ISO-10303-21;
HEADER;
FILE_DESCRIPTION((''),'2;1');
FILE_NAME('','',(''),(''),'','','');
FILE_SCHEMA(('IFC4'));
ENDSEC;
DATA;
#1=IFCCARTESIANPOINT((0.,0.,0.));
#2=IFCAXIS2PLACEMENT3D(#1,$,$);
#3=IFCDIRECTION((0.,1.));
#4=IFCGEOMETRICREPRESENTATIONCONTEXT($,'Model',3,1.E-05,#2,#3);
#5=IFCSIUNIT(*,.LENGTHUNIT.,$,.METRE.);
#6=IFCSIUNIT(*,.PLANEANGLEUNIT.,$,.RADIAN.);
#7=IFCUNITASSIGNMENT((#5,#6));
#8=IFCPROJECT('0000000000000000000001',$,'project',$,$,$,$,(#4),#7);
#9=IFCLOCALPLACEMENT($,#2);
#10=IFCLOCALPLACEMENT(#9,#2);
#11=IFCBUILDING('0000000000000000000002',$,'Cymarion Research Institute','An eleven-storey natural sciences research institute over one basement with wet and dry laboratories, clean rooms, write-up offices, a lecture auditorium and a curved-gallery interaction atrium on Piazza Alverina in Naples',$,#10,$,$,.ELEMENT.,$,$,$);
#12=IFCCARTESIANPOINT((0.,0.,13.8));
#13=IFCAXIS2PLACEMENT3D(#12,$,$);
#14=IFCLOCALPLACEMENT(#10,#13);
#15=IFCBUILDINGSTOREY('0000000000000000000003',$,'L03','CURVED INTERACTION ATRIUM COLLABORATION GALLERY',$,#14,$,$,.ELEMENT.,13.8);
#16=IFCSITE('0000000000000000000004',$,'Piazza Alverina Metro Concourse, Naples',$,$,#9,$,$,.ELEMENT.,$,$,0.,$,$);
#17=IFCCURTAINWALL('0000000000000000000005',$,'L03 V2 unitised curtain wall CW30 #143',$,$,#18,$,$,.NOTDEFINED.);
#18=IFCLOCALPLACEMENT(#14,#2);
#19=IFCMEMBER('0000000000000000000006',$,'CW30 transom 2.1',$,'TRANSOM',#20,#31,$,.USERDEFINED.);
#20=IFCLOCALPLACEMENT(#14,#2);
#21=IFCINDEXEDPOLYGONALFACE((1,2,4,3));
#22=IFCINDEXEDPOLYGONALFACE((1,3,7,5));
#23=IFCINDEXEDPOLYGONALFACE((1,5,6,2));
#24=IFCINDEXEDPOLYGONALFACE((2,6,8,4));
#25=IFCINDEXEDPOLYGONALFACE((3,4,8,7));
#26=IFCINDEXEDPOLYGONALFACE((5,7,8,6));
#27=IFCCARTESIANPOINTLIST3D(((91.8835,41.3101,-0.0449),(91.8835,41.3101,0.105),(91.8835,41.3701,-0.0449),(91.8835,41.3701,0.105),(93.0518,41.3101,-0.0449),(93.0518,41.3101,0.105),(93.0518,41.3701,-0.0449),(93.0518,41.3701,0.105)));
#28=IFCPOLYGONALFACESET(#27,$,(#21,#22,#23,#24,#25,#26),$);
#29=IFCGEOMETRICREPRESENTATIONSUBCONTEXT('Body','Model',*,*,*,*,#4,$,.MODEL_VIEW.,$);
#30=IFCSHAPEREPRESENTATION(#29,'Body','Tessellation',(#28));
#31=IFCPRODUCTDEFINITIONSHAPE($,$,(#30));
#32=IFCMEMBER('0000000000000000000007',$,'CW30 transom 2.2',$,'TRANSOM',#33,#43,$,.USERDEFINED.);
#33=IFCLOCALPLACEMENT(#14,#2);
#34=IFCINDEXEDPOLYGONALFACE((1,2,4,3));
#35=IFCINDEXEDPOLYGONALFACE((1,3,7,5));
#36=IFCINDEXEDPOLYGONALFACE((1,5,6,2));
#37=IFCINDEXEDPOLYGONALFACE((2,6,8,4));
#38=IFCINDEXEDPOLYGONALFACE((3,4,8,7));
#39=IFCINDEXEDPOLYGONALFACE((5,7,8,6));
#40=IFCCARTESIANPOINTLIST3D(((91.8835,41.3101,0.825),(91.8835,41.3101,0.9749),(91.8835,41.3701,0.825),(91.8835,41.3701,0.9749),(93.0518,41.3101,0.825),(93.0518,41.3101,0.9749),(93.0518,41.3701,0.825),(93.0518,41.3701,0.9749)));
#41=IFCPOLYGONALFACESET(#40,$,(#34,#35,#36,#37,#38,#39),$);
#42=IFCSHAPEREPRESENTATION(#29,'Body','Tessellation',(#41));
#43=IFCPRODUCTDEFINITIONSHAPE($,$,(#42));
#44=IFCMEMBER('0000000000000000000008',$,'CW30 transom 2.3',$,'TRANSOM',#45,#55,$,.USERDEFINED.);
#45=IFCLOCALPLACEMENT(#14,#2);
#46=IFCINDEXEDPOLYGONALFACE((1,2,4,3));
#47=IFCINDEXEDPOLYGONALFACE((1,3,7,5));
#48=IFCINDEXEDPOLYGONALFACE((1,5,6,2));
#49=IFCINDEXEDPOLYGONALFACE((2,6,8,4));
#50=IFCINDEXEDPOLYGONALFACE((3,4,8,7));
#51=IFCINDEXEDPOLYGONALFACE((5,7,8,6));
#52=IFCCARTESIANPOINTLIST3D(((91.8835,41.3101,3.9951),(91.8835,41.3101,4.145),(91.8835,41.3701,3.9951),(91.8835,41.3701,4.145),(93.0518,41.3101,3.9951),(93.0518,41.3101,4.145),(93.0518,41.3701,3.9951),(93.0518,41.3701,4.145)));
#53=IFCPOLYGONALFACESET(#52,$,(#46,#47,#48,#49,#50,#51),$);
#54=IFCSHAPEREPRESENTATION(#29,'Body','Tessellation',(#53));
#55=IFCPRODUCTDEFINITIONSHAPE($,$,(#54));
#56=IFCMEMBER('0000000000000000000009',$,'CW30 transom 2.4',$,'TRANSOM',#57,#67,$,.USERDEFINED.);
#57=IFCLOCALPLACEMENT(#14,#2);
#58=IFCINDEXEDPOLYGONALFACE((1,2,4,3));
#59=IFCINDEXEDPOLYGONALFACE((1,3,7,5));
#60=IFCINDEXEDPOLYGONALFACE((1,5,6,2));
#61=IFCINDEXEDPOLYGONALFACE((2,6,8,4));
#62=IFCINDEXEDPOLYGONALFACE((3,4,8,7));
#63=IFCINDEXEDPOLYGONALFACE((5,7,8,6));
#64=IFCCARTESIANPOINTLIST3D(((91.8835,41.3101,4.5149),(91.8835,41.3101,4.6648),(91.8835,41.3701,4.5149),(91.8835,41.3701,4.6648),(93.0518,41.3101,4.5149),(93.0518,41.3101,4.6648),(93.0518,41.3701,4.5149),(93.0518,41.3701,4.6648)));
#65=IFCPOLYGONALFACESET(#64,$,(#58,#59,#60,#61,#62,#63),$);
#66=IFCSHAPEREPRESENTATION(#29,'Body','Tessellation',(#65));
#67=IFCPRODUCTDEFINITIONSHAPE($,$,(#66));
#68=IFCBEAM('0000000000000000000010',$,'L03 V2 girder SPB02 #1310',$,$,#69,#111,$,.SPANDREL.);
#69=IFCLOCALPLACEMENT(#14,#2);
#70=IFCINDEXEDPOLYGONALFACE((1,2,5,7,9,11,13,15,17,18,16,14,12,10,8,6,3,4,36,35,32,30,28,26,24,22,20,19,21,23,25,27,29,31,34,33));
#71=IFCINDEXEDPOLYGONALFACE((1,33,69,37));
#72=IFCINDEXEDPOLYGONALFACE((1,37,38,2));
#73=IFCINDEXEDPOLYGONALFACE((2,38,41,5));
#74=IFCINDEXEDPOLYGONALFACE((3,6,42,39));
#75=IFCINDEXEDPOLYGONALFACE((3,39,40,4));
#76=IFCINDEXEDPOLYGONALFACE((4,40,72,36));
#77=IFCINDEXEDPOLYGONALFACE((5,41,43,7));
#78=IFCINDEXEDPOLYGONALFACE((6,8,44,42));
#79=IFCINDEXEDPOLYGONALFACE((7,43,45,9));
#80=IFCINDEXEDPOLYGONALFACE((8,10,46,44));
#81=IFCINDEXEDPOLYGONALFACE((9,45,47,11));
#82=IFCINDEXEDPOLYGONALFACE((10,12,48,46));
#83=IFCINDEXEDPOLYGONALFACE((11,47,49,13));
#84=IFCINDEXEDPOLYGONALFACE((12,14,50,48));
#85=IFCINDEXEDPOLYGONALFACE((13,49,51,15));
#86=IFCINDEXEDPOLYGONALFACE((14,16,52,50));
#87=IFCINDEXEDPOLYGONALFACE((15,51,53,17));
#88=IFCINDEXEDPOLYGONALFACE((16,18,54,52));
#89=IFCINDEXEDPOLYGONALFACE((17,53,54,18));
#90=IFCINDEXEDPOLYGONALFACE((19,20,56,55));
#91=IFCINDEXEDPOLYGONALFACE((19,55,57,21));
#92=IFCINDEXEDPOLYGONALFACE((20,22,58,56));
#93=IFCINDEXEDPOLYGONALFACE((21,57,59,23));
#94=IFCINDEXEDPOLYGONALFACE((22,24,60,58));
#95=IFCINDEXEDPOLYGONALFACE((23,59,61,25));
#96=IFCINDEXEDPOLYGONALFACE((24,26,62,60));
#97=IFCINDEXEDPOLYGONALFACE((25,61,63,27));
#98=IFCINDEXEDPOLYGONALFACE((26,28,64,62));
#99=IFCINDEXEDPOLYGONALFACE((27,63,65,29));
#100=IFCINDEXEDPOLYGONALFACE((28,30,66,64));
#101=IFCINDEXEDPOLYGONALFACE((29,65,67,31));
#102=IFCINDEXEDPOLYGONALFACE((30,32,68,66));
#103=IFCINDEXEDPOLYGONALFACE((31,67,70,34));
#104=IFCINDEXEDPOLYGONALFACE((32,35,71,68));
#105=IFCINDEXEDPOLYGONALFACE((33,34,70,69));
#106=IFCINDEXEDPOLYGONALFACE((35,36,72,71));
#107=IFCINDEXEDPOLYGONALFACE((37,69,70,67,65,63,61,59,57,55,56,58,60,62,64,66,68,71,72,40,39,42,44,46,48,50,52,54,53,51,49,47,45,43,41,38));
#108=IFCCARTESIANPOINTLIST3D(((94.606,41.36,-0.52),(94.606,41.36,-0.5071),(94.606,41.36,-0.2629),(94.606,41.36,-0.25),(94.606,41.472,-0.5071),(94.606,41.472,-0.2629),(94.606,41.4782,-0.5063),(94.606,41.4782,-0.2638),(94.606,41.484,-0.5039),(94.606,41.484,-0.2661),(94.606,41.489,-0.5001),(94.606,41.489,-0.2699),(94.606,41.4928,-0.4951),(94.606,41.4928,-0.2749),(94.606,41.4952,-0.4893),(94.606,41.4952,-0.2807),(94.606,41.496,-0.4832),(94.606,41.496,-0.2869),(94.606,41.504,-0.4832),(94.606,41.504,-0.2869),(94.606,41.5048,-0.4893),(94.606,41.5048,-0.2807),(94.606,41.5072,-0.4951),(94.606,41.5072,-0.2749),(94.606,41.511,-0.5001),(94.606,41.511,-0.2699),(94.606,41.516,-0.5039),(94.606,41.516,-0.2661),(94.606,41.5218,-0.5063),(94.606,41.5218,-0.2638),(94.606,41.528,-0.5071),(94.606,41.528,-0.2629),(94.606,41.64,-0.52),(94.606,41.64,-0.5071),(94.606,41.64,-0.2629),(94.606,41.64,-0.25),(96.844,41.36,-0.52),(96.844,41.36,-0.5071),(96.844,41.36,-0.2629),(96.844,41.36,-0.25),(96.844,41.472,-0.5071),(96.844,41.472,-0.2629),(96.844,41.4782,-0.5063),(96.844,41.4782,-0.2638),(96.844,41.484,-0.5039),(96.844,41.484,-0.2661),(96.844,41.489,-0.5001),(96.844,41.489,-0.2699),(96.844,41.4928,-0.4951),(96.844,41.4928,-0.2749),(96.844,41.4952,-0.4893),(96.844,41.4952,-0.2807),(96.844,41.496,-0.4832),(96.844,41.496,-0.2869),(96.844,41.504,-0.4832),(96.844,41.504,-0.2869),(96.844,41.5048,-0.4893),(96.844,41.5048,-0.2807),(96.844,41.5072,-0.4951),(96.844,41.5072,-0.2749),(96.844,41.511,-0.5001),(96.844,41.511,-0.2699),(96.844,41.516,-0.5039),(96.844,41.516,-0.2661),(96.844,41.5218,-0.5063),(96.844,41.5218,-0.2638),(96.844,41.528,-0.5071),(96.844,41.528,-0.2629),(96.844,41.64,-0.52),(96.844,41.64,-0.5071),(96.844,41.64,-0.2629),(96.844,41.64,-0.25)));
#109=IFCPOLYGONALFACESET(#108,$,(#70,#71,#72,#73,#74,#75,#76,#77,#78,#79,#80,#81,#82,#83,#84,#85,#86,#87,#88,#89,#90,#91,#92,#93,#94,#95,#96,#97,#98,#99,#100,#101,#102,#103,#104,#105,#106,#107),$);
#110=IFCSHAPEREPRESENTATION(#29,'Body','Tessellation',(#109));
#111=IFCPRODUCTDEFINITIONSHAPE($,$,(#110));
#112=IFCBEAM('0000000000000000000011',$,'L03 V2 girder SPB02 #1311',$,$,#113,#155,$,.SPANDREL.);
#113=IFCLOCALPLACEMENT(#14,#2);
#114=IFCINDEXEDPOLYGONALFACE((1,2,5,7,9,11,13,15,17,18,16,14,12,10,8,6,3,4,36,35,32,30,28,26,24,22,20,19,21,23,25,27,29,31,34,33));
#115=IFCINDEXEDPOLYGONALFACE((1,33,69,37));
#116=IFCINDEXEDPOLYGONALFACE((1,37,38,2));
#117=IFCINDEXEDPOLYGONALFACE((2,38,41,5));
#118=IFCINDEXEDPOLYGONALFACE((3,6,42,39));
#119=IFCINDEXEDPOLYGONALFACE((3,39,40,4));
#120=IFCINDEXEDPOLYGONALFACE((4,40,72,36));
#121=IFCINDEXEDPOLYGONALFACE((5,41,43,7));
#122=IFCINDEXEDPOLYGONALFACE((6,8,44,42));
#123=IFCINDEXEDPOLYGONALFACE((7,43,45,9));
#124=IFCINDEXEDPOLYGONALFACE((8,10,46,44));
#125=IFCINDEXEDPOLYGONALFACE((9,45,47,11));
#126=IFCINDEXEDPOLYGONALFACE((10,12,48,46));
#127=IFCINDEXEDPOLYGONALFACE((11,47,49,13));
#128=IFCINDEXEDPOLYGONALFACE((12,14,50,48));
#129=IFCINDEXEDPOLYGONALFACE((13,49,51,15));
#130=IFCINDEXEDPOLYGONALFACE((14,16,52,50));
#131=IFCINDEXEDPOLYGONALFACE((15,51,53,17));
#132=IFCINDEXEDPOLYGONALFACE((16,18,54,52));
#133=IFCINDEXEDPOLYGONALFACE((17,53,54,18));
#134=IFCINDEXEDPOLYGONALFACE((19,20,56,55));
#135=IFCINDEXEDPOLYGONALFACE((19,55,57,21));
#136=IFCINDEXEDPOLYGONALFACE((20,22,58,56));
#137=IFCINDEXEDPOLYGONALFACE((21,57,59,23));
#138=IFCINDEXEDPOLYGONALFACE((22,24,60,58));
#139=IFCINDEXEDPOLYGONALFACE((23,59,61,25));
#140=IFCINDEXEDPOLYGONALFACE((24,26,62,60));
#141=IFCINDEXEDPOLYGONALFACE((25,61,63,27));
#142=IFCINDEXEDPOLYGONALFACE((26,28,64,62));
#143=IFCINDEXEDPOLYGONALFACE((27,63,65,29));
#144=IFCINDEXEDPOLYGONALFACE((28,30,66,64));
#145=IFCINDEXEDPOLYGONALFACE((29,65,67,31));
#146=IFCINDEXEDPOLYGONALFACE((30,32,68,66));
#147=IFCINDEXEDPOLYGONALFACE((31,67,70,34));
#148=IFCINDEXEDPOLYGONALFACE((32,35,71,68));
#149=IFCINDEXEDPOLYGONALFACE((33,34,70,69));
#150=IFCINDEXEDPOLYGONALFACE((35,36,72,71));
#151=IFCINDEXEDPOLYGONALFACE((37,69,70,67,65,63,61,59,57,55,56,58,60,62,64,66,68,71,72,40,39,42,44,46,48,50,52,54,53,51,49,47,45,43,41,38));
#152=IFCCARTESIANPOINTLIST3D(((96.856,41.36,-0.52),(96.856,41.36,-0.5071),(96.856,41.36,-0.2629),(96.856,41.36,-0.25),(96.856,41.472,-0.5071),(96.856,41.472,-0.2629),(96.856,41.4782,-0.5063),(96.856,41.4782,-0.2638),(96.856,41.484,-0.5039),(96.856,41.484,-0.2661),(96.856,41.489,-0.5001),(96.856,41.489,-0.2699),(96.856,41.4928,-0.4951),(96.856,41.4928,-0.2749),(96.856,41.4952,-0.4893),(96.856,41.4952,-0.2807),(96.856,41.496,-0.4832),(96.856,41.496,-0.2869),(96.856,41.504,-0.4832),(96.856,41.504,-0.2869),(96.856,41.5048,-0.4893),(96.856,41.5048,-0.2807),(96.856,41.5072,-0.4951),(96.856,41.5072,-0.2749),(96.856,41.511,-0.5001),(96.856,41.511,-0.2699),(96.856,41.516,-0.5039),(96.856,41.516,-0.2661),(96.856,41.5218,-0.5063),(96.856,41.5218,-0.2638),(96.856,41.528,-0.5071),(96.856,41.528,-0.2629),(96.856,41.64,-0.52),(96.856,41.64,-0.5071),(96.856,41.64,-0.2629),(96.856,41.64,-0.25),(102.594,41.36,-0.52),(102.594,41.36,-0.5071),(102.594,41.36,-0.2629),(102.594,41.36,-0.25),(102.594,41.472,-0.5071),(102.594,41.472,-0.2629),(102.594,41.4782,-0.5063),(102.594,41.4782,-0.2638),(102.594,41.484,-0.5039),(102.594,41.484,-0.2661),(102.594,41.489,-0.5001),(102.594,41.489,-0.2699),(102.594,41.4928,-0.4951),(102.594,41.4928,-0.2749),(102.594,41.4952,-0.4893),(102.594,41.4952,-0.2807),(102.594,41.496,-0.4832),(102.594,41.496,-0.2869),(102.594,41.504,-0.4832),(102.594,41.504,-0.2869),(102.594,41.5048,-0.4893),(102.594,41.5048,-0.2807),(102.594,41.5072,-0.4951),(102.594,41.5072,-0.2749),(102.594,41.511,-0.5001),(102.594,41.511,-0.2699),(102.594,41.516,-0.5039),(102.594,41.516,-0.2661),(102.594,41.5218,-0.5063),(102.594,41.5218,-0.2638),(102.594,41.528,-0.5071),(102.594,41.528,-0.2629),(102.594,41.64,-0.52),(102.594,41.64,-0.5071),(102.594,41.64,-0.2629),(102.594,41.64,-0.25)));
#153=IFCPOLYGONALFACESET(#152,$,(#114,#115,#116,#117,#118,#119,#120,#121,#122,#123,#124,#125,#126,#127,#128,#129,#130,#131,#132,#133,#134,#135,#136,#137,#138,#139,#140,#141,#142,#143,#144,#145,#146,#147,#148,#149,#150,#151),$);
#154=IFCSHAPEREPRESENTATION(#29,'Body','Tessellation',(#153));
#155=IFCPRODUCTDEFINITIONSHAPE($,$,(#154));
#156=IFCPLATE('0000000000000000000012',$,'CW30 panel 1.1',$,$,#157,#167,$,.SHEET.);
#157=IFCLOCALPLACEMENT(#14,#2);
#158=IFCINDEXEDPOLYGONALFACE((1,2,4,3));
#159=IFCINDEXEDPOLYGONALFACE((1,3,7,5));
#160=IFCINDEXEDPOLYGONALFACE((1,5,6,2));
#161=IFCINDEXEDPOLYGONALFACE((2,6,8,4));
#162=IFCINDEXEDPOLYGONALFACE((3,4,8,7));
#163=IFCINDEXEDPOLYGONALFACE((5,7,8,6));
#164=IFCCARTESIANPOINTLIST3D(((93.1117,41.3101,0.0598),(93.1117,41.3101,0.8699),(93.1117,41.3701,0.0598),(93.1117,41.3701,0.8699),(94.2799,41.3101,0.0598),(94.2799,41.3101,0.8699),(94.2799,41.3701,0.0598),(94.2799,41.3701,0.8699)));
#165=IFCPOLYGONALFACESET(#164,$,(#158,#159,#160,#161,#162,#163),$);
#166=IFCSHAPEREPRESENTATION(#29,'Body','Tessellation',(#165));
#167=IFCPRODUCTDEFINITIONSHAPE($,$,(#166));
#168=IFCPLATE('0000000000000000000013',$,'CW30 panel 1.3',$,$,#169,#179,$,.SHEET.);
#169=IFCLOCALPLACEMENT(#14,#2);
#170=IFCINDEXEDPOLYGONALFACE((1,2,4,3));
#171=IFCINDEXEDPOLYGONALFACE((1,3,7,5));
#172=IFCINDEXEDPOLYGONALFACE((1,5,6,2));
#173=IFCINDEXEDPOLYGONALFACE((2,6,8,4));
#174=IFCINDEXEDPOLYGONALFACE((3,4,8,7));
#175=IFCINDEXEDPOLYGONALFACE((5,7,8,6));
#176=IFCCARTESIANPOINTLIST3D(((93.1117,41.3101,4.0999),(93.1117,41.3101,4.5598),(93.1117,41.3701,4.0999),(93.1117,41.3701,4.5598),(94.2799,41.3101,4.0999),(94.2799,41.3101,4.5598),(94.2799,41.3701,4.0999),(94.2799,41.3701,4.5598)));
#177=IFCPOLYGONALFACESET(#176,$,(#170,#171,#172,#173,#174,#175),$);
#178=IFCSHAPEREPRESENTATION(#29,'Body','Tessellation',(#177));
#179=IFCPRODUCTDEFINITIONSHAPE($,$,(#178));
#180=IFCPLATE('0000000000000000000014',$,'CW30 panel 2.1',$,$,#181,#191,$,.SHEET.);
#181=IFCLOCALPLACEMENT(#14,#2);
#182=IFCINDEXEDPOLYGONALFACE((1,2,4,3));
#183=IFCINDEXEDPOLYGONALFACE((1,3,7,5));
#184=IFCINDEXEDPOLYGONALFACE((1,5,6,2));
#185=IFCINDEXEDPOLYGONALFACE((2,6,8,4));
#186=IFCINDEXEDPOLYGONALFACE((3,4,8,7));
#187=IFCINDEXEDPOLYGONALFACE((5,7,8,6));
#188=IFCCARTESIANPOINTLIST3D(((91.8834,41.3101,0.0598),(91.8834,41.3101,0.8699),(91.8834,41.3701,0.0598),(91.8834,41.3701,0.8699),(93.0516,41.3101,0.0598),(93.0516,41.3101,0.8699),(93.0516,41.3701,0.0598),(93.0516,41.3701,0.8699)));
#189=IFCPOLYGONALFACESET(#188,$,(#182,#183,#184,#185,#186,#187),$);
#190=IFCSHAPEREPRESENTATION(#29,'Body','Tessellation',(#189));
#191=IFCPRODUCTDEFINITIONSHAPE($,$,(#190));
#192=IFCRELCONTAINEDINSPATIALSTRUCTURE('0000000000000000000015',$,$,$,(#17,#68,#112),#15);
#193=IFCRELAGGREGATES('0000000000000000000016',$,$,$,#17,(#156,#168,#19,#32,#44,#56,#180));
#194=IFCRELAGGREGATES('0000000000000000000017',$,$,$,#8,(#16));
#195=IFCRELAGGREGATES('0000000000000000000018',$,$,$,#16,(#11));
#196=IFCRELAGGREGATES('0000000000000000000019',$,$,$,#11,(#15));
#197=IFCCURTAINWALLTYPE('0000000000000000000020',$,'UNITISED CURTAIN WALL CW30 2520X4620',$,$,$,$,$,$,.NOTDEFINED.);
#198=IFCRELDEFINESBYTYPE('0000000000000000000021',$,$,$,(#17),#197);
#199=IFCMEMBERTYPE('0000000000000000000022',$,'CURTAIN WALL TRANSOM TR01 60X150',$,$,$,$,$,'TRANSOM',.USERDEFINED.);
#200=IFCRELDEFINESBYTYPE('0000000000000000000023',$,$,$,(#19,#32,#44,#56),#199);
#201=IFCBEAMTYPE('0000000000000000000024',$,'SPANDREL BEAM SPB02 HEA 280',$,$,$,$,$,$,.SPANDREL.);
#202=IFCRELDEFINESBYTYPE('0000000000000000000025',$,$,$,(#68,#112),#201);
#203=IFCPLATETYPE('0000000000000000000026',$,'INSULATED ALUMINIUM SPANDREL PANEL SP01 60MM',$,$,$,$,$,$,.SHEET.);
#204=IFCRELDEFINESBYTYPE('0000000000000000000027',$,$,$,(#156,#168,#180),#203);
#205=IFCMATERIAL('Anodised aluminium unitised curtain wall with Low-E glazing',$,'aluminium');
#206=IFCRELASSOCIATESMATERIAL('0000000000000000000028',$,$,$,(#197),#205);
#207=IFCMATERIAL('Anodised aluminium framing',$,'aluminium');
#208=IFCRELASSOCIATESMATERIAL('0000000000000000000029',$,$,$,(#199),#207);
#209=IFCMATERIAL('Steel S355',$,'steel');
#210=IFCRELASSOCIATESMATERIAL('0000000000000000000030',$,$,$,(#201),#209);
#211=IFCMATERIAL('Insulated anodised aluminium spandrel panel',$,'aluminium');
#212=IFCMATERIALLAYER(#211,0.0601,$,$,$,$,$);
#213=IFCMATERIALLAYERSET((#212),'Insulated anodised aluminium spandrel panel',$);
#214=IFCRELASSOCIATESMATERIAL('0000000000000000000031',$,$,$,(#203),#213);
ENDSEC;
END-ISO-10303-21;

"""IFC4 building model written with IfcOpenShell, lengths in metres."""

from ifc_helpers import new_model, si_unit, direction, frame, origin, origin_2d, place, context, subcontext, project, spatial, rectangle, i_section, extrude, material, layer, layer_set, material_profile, profile_set, type_object, element, aggregate, save


model = new_model("IFC4")

# Units and contexts
model_context = context("Model", 3, precision=1e-05, world=origin(), true_north=direction((0.0, 1.0)))
body_context = subcontext(model_context, "Body", "Model", "MODEL_VIEW")
ifc_project = project(units=[si_unit("LENGTHUNIT", "METRE"), si_unit("PLANEANGLEUNIT", "RADIAN")], contexts=[model_context])

# Site, building, storey
site_placement = place(None, origin())
site = spatial("IfcSite", under=ifc_project, at=site_placement, Name="Piazza Alverina Metro Concourse, Naples", CompositionType="ELEMENT", RefElevation=0.0)
building_placement = place(site_placement, origin())
building = spatial("IfcBuilding", under=site, at=building_placement, Name="Cymarion Research Institute", Description="An eleven-storey natural sciences research institute over one basement with wet and dry laboratories, clean rooms, write-up offices, a lecture auditorium and a curved-gallery interaction atrium on Piazza Alverina in Naples", CompositionType="ELEMENT")
storey_placement = place(building_placement, frame((0.0, 0.0, 13.8)))
storey = spatial("IfcBuildingStorey", under=building, at=storey_placement, Name="L03", Description="CURVED INTERACTION ATRIUM COLLABORATION GALLERY", CompositionType="ELEMENT", Elevation=13.8)

# Shared definitions
ifc_material_1 = material(Name="Steel S355", Category="steel")

# Curtain wall, members
ifc_material_2 = material(Name="Anodised aluminium unitised curtain wall with Low-E glazing", Category="aluminium")
curtain_wall_type = type_object("IfcCurtainWallType", Name="UNITISED CURTAIN WALL CW30 2520X4620", PredefinedType="NOTDEFINED", material=ifc_material_2)
curtain_wall_placement = place(storey_placement, origin())
curtain_wall = element("IfcCurtainWall", 1, at=curtain_wall_placement, inside=storey, type_object=curtain_wall_type, Name="L03 V2 unitised curtain wall CW30 #143", PredefinedType="NOTDEFINED")
ifc_material_3 = material(Name="Anodised aluminium framing", Category="aluminium")
ifc_material_profile_1 = material_profile(ifc_material_3, rectangle(XDim=0.0601, YDim=0.1499, at=origin_2d()), Name="ALU TRANSOM 60x150")
ifc_profile_set_1 = profile_set([ifc_material_profile_1], Name="Anodised aluminium framing")
member_type_1 = type_object("IfcMemberType", Name="CURTAIN WALL TRANSOM TR01 60X150", ElementType="TRANSOM", PredefinedType="USERDEFINED", material=ifc_profile_set_1)
member_1_placement = place(storey_placement, frame((93.0518, 41.3401, 0.03), z_axis=(-1.0, 0.0, 0.0), x_axis=(0.0, -1.0, 0.0)))
member_1 = element("IfcMember", 2, at=member_1_placement, type_object=member_type_1, Name="CW30 transom 2.1", ObjectType="TRANSOM", PredefinedType="USERDEFINED", context=body_context, shape_type="SweptSolid", body=[
    extrude(rectangle(XDim=0.0601, YDim=0.1499, at=origin_2d()), origin(), (0.0, 0.0, 1.0), 1.1682),
])
member_2_placement = place(storey_placement, frame((93.0518, 41.3401, 0.8999), z_axis=(-1.0, 0.0, 0.0), x_axis=(0.0, -1.0, 0.0)))
member_2 = element("IfcMember", 3, at=member_2_placement, type_object=member_type_1, Name="CW30 transom 2.2", ObjectType="TRANSOM", PredefinedType="USERDEFINED", context=body_context, shape_type="SweptSolid", body=[
    extrude(rectangle(XDim=0.0601, YDim=0.1499, at=origin_2d()), origin(), (0.0, 0.0, 1.0), 1.1682),
])
member_3_placement = place(storey_placement, frame((93.0518, 41.3401, 4.0701), z_axis=(-1.0, 0.0, 0.0), x_axis=(0.0, -1.0, 0.0)))
member_3 = element("IfcMember", 4, at=member_3_placement, type_object=member_type_1, Name="CW30 transom 2.3", ObjectType="TRANSOM", PredefinedType="USERDEFINED", context=body_context, shape_type="SweptSolid", body=[
    extrude(rectangle(XDim=0.0601, YDim=0.1499, at=origin_2d()), origin(), (0.0, 0.0, 1.0), 1.1682),
])
member_4_placement = place(storey_placement, frame((93.0518, 41.3401, 4.5898), z_axis=(-1.0, 0.0, 0.0), x_axis=(0.0, -1.0, 0.0)))
member_4 = element("IfcMember", 5, at=member_4_placement, type_object=member_type_1, Name="CW30 transom 2.4", ObjectType="TRANSOM", PredefinedType="USERDEFINED", context=body_context, shape_type="SweptSolid", body=[
    extrude(rectangle(XDim=0.0601, YDim=0.1499, at=origin_2d()), origin(), (0.0, 0.0, 1.0), 1.1682),
])

# Beams
ifc_material_profile_2 = material_profile(ifc_material_1, i_section(OverallWidth=0.28, OverallDepth=0.27, WebThickness=0.0081, FlangeThickness=0.0129, FilletRadius=0.0239, at=origin_2d()), Name="HEA 280")
ifc_profile_set_2 = profile_set([ifc_material_profile_2], Name="Steel S355")
beam_type = type_object("IfcBeamType", Name="SPANDREL BEAM SPB02 HEA 280", PredefinedType="SPANDREL", material=ifc_profile_set_2)
beam_1_placement = place(storey_placement, frame((94.606, 41.5, -0.385), z_axis=(1.0, 0.0, 0.0), x_axis=(0.0, 1.0, 0.0)))
element("IfcBeam", 6, at=beam_1_placement, inside=storey, type_object=beam_type, Name="L03 V2 girder SPB02 #1310", PredefinedType="SPANDREL", context=body_context, shape_type="SweptSolid", body=[
    extrude(i_section(OverallWidth=0.28, OverallDepth=0.27, WebThickness=0.0081, FlangeThickness=0.0129, FilletRadius=0.0239, at=origin_2d()), origin(), (0.0, 0.0, 1.0), 2.238),
])
beam_2_placement = place(storey_placement, frame((96.856, 41.5, -0.385), z_axis=(1.0, 0.0, 0.0), x_axis=(0.0, 1.0, 0.0)))
element("IfcBeam", 7, at=beam_2_placement, inside=storey, type_object=beam_type, Name="L03 V2 girder SPB02 #1311", PredefinedType="SPANDREL", context=body_context, shape_type="SweptSolid", body=[
    extrude(i_section(OverallWidth=0.28, OverallDepth=0.27, WebThickness=0.0081, FlangeThickness=0.0129, FilletRadius=0.0239, at=origin_2d()), origin(), (0.0, 0.0, 1.0), 5.738),
])

# Plates
ifc_material_4 = material(Name="Insulated anodised aluminium spandrel panel", Category="aluminium")
ifc_layer_1 = layer(ifc_material_4, 0.0601)
ifc_layer_set_1 = layer_set([ifc_layer_1], Name="Insulated anodised aluminium spandrel panel")
plate_type_1 = type_object("IfcPlateType", Name="INSULATED ALUMINIUM SPANDREL PANEL SP01 60MM", PredefinedType="SHEET", material=ifc_layer_set_1)
plate_1_placement = place(storey_placement, frame((93.6958, 41.3401, 0.0598), z_axis=(0.0, 0.0, 1.0), x_axis=(-1.0, 0.0, 0.0)))
plate_1 = element("IfcPlate", 8, at=plate_1_placement, type_object=plate_type_1, Name="CW30 panel 1.1", PredefinedType="SHEET", context=body_context, shape_type="SweptSolid", body=[
    extrude(rectangle(XDim=1.1682, YDim=0.0601, at=origin_2d()), origin(), (0.0, 0.0, 1.0), 0.8101),
])
plate_2_placement = place(storey_placement, frame((93.6958, 41.3401, 4.0999), z_axis=(0.0, 0.0, 1.0), x_axis=(-1.0, 0.0, 0.0)))
plate_2 = element("IfcPlate", 9, at=plate_2_placement, type_object=plate_type_1, Name="CW30 panel 1.3", PredefinedType="SHEET", context=body_context, shape_type="SweptSolid", body=[
    extrude(rectangle(XDim=1.1682, YDim=0.0601, at=origin_2d()), origin(), (0.0, 0.0, 1.0), 0.46),
])
plate_3_placement = place(storey_placement, frame((92.4675, 41.3401, 0.0598), z_axis=(0.0, 0.0, 1.0), x_axis=(-1.0, 0.0, 0.0)))
plate_3 = element("IfcPlate", 10, at=plate_3_placement, type_object=plate_type_1, Name="CW30 panel 2.1", PredefinedType="SHEET", context=body_context, shape_type="SweptSolid", body=[
    extrude(rectangle(XDim=1.1682, YDim=0.0601, at=origin_2d()), origin(), (0.0, 0.0, 1.0), 0.8101),
])
aggregate(curtain_wall, [plate_1, plate_2, member_1, member_2, member_3, member_4, plate_3])

save(model, "model.ifc")
